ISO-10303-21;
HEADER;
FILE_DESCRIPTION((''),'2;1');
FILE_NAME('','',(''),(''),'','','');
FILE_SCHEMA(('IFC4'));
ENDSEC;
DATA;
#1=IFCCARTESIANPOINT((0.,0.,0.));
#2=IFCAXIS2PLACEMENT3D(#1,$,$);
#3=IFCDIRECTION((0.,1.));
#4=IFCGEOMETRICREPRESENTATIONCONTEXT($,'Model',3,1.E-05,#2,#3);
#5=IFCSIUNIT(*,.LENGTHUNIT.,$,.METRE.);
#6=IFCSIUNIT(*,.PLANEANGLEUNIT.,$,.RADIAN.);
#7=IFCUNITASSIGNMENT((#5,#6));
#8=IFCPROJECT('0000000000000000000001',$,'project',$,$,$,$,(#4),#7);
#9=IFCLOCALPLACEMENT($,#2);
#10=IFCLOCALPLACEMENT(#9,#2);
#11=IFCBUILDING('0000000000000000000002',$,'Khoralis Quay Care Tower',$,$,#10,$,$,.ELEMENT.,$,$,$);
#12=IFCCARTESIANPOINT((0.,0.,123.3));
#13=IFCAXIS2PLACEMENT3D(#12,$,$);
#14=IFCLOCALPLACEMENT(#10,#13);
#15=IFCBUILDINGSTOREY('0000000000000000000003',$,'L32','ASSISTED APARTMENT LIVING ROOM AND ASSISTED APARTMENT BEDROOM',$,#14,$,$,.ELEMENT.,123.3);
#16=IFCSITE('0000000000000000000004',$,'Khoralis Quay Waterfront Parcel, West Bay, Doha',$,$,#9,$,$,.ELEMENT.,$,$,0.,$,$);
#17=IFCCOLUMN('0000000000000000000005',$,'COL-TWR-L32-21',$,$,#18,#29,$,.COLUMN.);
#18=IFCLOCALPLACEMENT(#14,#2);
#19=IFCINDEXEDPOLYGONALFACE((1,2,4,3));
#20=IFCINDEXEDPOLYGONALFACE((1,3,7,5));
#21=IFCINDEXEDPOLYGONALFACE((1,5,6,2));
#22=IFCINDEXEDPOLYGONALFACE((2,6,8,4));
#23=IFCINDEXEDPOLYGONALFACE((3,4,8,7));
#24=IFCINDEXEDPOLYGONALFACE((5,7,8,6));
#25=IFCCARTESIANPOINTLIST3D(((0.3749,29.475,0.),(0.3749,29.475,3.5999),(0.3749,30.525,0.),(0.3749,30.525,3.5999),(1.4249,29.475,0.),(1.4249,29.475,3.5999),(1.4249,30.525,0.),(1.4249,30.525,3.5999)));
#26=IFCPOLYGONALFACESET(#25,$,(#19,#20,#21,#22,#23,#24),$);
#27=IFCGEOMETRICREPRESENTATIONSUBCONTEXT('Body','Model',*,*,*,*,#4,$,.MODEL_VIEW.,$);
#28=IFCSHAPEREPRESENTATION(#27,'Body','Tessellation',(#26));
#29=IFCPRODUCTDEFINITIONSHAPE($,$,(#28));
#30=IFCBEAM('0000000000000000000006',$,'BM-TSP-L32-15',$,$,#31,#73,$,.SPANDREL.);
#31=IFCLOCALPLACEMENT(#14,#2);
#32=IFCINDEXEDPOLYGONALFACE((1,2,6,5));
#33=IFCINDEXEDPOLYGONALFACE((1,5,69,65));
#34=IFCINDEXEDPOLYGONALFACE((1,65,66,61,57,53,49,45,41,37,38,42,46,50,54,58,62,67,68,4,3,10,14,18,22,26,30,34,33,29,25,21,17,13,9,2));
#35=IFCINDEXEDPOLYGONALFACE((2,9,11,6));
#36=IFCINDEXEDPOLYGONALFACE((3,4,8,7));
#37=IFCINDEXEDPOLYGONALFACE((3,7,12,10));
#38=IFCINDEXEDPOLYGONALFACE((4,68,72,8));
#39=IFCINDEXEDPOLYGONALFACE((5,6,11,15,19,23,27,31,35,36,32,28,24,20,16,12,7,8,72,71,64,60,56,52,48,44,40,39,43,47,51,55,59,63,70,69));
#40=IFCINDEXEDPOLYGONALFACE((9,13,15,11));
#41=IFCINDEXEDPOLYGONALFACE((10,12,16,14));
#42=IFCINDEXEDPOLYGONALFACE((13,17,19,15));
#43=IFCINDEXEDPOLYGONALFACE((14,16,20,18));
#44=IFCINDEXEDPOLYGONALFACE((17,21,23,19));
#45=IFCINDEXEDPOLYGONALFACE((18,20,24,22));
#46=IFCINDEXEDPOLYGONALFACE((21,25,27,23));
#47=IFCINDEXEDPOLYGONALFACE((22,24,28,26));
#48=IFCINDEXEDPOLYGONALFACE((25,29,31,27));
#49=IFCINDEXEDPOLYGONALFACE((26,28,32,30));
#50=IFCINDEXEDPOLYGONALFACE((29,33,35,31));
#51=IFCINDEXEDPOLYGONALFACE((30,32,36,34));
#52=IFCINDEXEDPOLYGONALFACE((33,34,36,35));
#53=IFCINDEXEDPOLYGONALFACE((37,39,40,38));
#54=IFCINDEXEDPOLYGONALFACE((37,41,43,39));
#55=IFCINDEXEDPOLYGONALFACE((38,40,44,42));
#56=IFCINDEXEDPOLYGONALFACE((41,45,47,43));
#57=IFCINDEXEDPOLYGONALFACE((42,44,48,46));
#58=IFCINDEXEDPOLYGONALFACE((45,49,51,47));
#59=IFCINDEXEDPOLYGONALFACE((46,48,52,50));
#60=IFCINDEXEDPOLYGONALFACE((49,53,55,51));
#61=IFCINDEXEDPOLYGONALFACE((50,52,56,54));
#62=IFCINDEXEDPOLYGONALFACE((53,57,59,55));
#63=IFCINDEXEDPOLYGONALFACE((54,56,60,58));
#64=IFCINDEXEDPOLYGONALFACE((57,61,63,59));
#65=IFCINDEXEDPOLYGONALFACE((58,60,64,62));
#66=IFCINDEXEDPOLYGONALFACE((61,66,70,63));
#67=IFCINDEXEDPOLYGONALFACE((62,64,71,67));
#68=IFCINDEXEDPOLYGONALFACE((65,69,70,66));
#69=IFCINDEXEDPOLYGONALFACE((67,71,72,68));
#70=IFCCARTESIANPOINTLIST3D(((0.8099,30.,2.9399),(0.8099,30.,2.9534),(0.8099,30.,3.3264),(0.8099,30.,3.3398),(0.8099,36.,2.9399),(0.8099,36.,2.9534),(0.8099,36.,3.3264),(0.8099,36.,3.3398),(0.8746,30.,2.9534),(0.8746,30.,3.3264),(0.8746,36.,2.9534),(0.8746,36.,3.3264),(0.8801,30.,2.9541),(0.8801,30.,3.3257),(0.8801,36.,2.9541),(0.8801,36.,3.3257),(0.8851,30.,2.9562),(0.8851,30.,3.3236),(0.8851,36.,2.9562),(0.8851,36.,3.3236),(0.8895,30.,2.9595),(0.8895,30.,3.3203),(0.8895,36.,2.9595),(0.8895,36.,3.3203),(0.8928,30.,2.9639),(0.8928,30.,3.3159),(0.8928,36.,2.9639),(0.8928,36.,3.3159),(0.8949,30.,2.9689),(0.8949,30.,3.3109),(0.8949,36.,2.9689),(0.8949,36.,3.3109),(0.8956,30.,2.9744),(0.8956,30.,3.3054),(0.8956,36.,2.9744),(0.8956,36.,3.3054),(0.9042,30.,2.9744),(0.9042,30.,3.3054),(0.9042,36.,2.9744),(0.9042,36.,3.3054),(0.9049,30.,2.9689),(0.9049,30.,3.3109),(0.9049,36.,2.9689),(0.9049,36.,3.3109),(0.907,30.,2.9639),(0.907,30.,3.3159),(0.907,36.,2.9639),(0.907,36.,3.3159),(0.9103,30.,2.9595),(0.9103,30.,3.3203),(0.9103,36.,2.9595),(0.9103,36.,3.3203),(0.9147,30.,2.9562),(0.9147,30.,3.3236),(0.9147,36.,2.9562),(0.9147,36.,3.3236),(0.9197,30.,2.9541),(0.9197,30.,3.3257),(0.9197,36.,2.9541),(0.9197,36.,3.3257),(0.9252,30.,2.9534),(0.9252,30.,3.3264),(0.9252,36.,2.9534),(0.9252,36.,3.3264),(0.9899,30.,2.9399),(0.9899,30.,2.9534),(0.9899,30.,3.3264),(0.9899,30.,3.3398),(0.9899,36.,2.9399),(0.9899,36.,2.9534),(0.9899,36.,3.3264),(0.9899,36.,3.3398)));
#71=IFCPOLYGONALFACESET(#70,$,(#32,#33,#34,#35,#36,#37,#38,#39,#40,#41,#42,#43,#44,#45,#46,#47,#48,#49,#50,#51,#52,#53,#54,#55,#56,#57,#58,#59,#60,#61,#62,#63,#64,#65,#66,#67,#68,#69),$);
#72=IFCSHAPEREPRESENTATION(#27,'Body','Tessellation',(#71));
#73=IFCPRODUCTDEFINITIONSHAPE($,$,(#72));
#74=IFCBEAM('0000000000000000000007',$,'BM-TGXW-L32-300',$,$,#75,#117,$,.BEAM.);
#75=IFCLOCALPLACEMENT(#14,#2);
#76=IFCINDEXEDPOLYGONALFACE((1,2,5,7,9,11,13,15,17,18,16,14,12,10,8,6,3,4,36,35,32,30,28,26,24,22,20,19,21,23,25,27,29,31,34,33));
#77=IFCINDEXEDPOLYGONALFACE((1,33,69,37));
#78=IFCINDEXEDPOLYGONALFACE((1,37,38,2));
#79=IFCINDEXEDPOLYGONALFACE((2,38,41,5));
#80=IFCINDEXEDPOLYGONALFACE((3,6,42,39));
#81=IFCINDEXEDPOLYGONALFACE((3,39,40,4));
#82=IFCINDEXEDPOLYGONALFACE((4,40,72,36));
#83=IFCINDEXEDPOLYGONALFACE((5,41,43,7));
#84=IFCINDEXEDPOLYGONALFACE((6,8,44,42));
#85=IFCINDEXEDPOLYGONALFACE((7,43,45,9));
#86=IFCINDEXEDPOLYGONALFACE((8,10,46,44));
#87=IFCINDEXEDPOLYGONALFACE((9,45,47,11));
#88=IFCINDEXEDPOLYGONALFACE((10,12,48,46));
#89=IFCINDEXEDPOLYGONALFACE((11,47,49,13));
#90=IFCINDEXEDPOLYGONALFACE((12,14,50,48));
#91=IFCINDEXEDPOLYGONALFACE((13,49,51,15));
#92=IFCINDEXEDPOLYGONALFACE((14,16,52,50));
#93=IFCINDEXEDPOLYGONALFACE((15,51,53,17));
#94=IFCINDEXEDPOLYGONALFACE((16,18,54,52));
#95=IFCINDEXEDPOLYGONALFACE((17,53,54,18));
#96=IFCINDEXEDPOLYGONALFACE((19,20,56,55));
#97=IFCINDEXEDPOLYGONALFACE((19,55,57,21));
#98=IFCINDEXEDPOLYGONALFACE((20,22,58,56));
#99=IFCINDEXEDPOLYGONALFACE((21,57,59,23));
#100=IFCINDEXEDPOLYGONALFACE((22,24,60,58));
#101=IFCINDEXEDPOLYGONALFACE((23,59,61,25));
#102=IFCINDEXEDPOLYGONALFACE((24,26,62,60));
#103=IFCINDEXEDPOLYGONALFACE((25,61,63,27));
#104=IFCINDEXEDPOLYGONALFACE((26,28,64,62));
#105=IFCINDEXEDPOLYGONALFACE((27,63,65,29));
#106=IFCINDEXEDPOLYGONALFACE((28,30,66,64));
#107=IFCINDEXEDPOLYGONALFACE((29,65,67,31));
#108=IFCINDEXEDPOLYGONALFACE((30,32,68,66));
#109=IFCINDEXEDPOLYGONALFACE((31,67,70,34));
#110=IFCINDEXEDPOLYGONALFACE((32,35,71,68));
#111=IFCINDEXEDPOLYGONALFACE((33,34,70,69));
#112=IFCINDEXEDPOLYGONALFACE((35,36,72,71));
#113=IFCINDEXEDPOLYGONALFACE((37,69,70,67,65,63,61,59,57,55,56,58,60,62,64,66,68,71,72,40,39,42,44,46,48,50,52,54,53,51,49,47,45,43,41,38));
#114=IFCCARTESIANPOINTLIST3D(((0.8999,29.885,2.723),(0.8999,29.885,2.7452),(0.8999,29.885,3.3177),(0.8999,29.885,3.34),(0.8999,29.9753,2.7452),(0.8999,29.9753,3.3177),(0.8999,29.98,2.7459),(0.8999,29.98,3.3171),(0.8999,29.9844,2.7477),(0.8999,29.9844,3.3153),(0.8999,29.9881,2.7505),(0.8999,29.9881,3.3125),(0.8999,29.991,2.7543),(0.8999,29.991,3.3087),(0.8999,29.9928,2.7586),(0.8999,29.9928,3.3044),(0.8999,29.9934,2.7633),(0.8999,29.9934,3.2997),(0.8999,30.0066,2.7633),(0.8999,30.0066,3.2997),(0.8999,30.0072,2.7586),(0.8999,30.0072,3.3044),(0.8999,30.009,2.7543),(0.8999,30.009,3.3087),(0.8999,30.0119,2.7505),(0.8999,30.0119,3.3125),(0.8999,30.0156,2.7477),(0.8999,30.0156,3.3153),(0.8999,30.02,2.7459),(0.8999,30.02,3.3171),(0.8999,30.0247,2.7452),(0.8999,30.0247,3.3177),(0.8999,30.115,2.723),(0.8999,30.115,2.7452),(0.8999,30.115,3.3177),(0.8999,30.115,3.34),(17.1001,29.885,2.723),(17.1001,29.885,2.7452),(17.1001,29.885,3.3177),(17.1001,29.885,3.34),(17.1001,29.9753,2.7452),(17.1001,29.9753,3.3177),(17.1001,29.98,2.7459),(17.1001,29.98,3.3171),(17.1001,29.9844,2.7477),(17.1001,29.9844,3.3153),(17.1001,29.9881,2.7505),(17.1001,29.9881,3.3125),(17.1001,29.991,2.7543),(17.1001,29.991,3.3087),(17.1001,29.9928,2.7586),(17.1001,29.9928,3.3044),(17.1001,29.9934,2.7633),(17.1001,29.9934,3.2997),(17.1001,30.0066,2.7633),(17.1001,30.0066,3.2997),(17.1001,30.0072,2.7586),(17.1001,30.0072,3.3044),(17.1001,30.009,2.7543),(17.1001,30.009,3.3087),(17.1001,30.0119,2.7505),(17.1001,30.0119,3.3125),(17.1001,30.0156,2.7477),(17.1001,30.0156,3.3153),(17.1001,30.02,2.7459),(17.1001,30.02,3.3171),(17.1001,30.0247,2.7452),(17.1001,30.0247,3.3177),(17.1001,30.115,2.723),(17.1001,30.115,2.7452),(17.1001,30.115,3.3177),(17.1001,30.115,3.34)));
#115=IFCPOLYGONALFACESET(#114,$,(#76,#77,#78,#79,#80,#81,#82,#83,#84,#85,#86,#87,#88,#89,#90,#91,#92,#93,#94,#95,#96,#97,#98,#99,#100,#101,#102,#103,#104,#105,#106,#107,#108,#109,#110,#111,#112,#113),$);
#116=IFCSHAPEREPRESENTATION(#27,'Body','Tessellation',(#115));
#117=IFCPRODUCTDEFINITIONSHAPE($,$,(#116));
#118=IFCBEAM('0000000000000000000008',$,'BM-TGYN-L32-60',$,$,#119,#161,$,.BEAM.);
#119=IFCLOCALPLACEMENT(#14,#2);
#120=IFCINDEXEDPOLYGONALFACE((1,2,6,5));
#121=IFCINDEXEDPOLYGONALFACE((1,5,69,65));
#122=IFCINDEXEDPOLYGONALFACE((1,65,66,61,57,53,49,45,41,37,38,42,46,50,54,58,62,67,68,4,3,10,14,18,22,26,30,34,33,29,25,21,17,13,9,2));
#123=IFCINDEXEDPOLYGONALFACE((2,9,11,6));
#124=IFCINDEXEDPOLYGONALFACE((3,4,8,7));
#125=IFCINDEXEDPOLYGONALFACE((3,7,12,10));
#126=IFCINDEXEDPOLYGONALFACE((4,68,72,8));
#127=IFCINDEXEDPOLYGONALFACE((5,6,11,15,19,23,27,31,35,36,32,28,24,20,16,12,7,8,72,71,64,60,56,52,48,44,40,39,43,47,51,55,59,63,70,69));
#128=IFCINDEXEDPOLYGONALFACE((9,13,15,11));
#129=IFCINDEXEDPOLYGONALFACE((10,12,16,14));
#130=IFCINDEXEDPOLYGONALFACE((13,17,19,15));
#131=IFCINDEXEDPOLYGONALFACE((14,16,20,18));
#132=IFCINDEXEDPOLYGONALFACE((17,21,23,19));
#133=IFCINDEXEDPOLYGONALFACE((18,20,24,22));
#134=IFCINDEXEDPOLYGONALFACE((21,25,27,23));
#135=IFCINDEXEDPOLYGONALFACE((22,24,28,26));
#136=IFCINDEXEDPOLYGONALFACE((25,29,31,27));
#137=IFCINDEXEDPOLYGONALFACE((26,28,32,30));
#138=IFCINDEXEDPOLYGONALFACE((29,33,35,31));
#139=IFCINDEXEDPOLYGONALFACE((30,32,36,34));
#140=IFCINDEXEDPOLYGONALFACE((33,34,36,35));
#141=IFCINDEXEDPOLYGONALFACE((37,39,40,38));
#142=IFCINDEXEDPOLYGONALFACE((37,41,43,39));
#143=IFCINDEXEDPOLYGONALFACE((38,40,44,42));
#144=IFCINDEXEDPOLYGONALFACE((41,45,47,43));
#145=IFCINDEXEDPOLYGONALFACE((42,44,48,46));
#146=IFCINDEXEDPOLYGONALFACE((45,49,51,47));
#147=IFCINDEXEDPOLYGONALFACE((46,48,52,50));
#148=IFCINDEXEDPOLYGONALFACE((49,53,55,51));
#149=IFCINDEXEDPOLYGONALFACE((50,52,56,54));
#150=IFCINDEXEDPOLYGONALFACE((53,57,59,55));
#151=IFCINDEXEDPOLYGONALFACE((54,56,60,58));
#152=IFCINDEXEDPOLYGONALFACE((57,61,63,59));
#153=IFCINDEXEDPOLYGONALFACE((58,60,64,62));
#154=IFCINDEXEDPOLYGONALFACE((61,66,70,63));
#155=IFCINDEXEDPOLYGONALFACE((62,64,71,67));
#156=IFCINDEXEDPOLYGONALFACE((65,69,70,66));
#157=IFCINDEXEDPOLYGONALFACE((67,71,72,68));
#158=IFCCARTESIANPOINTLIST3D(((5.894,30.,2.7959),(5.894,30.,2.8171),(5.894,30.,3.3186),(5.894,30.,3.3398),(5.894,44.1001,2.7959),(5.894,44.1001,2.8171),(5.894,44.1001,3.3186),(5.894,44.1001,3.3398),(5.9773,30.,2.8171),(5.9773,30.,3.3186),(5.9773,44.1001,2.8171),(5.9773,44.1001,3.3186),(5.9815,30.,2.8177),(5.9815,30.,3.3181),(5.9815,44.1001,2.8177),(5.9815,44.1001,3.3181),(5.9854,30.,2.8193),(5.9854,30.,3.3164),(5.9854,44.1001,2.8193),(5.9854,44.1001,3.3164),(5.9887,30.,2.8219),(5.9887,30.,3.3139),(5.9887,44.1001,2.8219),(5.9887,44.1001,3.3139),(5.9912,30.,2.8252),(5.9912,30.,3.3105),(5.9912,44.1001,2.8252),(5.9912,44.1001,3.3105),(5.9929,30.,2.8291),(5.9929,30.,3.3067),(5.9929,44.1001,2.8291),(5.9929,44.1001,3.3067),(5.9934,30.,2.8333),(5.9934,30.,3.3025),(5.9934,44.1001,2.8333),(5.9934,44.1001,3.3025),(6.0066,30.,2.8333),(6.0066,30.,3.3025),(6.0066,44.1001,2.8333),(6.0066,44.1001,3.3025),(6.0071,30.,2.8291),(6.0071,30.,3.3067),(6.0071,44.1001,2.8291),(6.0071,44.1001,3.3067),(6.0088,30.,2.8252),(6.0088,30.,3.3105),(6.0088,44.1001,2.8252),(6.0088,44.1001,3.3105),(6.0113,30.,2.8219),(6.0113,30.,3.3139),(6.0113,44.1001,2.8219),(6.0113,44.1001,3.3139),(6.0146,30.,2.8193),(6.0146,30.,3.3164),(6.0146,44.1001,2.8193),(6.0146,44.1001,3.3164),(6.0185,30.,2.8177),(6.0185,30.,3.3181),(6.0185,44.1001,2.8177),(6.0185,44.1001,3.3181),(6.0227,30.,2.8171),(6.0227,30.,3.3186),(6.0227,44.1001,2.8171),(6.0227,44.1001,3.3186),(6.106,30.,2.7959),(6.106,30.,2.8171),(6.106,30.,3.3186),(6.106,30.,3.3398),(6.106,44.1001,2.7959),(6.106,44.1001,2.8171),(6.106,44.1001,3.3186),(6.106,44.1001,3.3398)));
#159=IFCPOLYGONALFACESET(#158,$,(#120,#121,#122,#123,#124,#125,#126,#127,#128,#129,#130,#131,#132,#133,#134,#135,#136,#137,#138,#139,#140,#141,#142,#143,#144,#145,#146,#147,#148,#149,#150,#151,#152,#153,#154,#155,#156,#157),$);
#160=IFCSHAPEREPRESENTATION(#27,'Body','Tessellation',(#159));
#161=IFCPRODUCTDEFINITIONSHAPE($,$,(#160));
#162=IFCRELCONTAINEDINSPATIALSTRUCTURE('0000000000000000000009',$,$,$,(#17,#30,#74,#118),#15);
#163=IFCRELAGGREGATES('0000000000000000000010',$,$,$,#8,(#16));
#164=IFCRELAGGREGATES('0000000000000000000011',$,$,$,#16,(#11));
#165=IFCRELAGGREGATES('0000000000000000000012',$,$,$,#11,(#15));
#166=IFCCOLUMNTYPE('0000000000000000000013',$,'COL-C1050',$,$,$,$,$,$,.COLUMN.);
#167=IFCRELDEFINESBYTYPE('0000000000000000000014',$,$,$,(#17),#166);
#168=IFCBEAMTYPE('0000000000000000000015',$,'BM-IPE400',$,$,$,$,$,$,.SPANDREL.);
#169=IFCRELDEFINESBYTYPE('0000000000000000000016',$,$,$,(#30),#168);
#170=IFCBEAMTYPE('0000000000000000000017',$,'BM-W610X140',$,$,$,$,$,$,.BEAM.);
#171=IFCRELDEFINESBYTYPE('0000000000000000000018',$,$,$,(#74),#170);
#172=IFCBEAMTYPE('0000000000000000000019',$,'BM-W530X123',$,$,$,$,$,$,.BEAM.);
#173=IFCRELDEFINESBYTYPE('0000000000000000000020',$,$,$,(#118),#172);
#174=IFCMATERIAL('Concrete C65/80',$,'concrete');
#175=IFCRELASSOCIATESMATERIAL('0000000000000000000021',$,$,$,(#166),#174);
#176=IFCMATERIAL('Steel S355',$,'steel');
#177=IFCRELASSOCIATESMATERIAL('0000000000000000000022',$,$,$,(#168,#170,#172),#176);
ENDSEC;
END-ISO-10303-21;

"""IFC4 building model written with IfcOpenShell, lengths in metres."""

from ifc_helpers import new_model, si_unit, direction, frame, origin, origin_2d, place, context, subcontext, project, spatial, rectangle, i_section, extrude, source, transform, mapped, material, material_profile, profile_set, type_object, element, save


model = new_model("IFC4")

# Units and contexts
model_context = context("Model", 3, precision=1e-05, world=origin(), true_north=direction((0.0, 1.0)))
body_context = subcontext(model_context, "Body", "Model", "MODEL_VIEW")
ifc_project = project(units=[si_unit("LENGTHUNIT", "METRE"), si_unit("PLANEANGLEUNIT", "RADIAN")], contexts=[model_context])

# Site, building, storey
site_placement = place(None, origin())
site = spatial("IfcSite", under=ifc_project, at=site_placement, Name="Khoralis Quay Waterfront Parcel, West Bay, Doha", CompositionType="ELEMENT", RefElevation=0.0)
building_placement = place(site_placement, origin())
building = spatial("IfcBuilding", under=site, at=building_placement, Name="Khoralis Quay Care Tower", CompositionType="ELEMENT")
storey_placement = place(building_placement, frame((0.0, 0.0, 123.3)))
storey = spatial("IfcBuildingStorey", under=building, at=storey_placement, Name="L32", Description="ASSISTED APARTMENT LIVING ROOM AND ASSISTED APARTMENT BEDROOM", CompositionType="ELEMENT", Elevation=123.3)

# Column
ifc_material_1 = material(Name="Concrete C65/80", Category="concrete")
ifc_material_profile_1 = material_profile(ifc_material_1, rectangle(XDim=1.05, YDim=1.05, at=origin_2d()), Name="Concrete C65/80")
ifc_profile_set_1 = profile_set([ifc_material_profile_1], Name="Concrete C65/80")
column_type = type_object("IfcColumnType", Name="COL-C1050", PredefinedType="COLUMN", material=ifc_profile_set_1)
shared_shape_1 = source(origin(), body_context, "Body", "SweptSolid", [
    extrude(rectangle(XDim=1.05, YDim=1.05, at=origin_2d()), origin(), (0.0, 0.0, 1.0), 3.5999),
])
column_placement = place(storey_placement, frame((0.8999, 30.0, 0.0), z_axis=(0.0, 0.0, 1.0), x_axis=(1.0, 0.0, 0.0)))
element("IfcColumn", 1, at=column_placement, inside=storey, type_object=column_type, Name="COL-TWR-L32-21", PredefinedType="COLUMN", context=body_context, shape_type="MappedRepresentation", body=[
    mapped(shared_shape_1, transform((0.0, 0.0, 0.0), scale=1.0)),
])

# Beams
ifc_material_2 = material(Name="Steel S355", Category="steel")
ifc_material_profile_2 = material_profile(ifc_material_2, i_section(OverallWidth=0.1799, OverallDepth=0.3999, WebThickness=0.0085, FlangeThickness=0.0134, FilletRadius=0.021, at=origin_2d()), Name="Steel S355")
ifc_profile_set_2 = profile_set([ifc_material_profile_2], Name="Steel S355")
beam_type_1 = type_object("IfcBeamType", Name="BM-IPE400", PredefinedType="SPANDREL", material=ifc_profile_set_2)
shared_shape_2 = source(origin(), body_context, "Body", "SweptSolid", [
    extrude(i_section(OverallWidth=0.1799, OverallDepth=0.3999, WebThickness=0.0085, FlangeThickness=0.0134, FilletRadius=0.021, at=origin_2d()), origin(), (0.0, 0.0, 1.0), 6.0),
])
beam_1_placement = place(storey_placement, frame((0.8999, 30.0, 3.1399), z_axis=(0.0, 1.0, 0.0), x_axis=(-1.0, 0.0, 0.0)))
element("IfcBeam", 2, at=beam_1_placement, inside=storey, type_object=beam_type_1, Name="BM-TSP-L32-15", PredefinedType="SPANDREL", context=body_context, shape_type="MappedRepresentation", body=[
    mapped(shared_shape_2, transform((0.0, 0.0, 0.0), scale=1.0)),
])
ifc_material_profile_3 = material_profile(ifc_material_2, i_section(OverallWidth=0.23, OverallDepth=0.6169, WebThickness=0.0132, FlangeThickness=0.0222, FilletRadius=0.0181, at=origin_2d()), Name="Steel S355")
ifc_profile_set_3 = profile_set([ifc_material_profile_3], Name="Steel S355")
beam_type_2 = type_object("IfcBeamType", Name="BM-W610X140", PredefinedType="BEAM", material=ifc_profile_set_3)
shared_shape_3 = source(origin(), body_context, "Body", "SweptSolid", [
    extrude(i_section(OverallWidth=0.23, OverallDepth=0.6169, WebThickness=0.0132, FlangeThickness=0.0222, FilletRadius=0.0181, at=origin_2d()), origin(), (0.0, 0.0, 1.0), 16.2002),
])
beam_2_placement = place(storey_placement, frame((0.8999, 30.0, 3.0315), z_axis=(1.0, 0.0, 0.0), x_axis=(0.0, 1.0, 0.0)))
element("IfcBeam", 3, at=beam_2_placement, inside=storey, type_object=beam_type_2, Name="BM-TGXW-L32-300", PredefinedType="BEAM", context=body_context, shape_type="MappedRepresentation", body=[
    mapped(shared_shape_3, transform((0.0, 0.0, 0.0), scale=1.0)),
])
ifc_material_profile_4 = material_profile(ifc_material_2, i_section(OverallWidth=0.2119, OverallDepth=0.5439, WebThickness=0.0132, FlangeThickness=0.0212, FilletRadius=0.0161, at=origin_2d()), Name="Steel S355")
ifc_profile_set_4 = profile_set([ifc_material_profile_4], Name="Steel S355")
beam_type_3 = type_object("IfcBeamType", Name="BM-W530X123", PredefinedType="BEAM", material=ifc_profile_set_4)
shared_shape_4 = source(origin(), body_context, "Body", "SweptSolid", [
    extrude(i_section(OverallWidth=0.2119, OverallDepth=0.5439, WebThickness=0.0132, FlangeThickness=0.0212, FilletRadius=0.0161, at=origin_2d()), origin(), (0.0, 0.0, 1.0), 14.1001),
])
beam_3_placement = place(storey_placement, frame((6.0, 30.0, 3.0679), z_axis=(0.0, 1.0, 0.0), x_axis=(-1.0, 0.0, 0.0)))
element("IfcBeam", 4, at=beam_3_placement, inside=storey, type_object=beam_type_3, Name="BM-TGYN-L32-60", PredefinedType="BEAM", context=body_context, shape_type="MappedRepresentation", body=[
    mapped(shared_shape_4, transform((0.0, 0.0, 0.0), scale=1.0)),
])

save(model, "model.ifc")
